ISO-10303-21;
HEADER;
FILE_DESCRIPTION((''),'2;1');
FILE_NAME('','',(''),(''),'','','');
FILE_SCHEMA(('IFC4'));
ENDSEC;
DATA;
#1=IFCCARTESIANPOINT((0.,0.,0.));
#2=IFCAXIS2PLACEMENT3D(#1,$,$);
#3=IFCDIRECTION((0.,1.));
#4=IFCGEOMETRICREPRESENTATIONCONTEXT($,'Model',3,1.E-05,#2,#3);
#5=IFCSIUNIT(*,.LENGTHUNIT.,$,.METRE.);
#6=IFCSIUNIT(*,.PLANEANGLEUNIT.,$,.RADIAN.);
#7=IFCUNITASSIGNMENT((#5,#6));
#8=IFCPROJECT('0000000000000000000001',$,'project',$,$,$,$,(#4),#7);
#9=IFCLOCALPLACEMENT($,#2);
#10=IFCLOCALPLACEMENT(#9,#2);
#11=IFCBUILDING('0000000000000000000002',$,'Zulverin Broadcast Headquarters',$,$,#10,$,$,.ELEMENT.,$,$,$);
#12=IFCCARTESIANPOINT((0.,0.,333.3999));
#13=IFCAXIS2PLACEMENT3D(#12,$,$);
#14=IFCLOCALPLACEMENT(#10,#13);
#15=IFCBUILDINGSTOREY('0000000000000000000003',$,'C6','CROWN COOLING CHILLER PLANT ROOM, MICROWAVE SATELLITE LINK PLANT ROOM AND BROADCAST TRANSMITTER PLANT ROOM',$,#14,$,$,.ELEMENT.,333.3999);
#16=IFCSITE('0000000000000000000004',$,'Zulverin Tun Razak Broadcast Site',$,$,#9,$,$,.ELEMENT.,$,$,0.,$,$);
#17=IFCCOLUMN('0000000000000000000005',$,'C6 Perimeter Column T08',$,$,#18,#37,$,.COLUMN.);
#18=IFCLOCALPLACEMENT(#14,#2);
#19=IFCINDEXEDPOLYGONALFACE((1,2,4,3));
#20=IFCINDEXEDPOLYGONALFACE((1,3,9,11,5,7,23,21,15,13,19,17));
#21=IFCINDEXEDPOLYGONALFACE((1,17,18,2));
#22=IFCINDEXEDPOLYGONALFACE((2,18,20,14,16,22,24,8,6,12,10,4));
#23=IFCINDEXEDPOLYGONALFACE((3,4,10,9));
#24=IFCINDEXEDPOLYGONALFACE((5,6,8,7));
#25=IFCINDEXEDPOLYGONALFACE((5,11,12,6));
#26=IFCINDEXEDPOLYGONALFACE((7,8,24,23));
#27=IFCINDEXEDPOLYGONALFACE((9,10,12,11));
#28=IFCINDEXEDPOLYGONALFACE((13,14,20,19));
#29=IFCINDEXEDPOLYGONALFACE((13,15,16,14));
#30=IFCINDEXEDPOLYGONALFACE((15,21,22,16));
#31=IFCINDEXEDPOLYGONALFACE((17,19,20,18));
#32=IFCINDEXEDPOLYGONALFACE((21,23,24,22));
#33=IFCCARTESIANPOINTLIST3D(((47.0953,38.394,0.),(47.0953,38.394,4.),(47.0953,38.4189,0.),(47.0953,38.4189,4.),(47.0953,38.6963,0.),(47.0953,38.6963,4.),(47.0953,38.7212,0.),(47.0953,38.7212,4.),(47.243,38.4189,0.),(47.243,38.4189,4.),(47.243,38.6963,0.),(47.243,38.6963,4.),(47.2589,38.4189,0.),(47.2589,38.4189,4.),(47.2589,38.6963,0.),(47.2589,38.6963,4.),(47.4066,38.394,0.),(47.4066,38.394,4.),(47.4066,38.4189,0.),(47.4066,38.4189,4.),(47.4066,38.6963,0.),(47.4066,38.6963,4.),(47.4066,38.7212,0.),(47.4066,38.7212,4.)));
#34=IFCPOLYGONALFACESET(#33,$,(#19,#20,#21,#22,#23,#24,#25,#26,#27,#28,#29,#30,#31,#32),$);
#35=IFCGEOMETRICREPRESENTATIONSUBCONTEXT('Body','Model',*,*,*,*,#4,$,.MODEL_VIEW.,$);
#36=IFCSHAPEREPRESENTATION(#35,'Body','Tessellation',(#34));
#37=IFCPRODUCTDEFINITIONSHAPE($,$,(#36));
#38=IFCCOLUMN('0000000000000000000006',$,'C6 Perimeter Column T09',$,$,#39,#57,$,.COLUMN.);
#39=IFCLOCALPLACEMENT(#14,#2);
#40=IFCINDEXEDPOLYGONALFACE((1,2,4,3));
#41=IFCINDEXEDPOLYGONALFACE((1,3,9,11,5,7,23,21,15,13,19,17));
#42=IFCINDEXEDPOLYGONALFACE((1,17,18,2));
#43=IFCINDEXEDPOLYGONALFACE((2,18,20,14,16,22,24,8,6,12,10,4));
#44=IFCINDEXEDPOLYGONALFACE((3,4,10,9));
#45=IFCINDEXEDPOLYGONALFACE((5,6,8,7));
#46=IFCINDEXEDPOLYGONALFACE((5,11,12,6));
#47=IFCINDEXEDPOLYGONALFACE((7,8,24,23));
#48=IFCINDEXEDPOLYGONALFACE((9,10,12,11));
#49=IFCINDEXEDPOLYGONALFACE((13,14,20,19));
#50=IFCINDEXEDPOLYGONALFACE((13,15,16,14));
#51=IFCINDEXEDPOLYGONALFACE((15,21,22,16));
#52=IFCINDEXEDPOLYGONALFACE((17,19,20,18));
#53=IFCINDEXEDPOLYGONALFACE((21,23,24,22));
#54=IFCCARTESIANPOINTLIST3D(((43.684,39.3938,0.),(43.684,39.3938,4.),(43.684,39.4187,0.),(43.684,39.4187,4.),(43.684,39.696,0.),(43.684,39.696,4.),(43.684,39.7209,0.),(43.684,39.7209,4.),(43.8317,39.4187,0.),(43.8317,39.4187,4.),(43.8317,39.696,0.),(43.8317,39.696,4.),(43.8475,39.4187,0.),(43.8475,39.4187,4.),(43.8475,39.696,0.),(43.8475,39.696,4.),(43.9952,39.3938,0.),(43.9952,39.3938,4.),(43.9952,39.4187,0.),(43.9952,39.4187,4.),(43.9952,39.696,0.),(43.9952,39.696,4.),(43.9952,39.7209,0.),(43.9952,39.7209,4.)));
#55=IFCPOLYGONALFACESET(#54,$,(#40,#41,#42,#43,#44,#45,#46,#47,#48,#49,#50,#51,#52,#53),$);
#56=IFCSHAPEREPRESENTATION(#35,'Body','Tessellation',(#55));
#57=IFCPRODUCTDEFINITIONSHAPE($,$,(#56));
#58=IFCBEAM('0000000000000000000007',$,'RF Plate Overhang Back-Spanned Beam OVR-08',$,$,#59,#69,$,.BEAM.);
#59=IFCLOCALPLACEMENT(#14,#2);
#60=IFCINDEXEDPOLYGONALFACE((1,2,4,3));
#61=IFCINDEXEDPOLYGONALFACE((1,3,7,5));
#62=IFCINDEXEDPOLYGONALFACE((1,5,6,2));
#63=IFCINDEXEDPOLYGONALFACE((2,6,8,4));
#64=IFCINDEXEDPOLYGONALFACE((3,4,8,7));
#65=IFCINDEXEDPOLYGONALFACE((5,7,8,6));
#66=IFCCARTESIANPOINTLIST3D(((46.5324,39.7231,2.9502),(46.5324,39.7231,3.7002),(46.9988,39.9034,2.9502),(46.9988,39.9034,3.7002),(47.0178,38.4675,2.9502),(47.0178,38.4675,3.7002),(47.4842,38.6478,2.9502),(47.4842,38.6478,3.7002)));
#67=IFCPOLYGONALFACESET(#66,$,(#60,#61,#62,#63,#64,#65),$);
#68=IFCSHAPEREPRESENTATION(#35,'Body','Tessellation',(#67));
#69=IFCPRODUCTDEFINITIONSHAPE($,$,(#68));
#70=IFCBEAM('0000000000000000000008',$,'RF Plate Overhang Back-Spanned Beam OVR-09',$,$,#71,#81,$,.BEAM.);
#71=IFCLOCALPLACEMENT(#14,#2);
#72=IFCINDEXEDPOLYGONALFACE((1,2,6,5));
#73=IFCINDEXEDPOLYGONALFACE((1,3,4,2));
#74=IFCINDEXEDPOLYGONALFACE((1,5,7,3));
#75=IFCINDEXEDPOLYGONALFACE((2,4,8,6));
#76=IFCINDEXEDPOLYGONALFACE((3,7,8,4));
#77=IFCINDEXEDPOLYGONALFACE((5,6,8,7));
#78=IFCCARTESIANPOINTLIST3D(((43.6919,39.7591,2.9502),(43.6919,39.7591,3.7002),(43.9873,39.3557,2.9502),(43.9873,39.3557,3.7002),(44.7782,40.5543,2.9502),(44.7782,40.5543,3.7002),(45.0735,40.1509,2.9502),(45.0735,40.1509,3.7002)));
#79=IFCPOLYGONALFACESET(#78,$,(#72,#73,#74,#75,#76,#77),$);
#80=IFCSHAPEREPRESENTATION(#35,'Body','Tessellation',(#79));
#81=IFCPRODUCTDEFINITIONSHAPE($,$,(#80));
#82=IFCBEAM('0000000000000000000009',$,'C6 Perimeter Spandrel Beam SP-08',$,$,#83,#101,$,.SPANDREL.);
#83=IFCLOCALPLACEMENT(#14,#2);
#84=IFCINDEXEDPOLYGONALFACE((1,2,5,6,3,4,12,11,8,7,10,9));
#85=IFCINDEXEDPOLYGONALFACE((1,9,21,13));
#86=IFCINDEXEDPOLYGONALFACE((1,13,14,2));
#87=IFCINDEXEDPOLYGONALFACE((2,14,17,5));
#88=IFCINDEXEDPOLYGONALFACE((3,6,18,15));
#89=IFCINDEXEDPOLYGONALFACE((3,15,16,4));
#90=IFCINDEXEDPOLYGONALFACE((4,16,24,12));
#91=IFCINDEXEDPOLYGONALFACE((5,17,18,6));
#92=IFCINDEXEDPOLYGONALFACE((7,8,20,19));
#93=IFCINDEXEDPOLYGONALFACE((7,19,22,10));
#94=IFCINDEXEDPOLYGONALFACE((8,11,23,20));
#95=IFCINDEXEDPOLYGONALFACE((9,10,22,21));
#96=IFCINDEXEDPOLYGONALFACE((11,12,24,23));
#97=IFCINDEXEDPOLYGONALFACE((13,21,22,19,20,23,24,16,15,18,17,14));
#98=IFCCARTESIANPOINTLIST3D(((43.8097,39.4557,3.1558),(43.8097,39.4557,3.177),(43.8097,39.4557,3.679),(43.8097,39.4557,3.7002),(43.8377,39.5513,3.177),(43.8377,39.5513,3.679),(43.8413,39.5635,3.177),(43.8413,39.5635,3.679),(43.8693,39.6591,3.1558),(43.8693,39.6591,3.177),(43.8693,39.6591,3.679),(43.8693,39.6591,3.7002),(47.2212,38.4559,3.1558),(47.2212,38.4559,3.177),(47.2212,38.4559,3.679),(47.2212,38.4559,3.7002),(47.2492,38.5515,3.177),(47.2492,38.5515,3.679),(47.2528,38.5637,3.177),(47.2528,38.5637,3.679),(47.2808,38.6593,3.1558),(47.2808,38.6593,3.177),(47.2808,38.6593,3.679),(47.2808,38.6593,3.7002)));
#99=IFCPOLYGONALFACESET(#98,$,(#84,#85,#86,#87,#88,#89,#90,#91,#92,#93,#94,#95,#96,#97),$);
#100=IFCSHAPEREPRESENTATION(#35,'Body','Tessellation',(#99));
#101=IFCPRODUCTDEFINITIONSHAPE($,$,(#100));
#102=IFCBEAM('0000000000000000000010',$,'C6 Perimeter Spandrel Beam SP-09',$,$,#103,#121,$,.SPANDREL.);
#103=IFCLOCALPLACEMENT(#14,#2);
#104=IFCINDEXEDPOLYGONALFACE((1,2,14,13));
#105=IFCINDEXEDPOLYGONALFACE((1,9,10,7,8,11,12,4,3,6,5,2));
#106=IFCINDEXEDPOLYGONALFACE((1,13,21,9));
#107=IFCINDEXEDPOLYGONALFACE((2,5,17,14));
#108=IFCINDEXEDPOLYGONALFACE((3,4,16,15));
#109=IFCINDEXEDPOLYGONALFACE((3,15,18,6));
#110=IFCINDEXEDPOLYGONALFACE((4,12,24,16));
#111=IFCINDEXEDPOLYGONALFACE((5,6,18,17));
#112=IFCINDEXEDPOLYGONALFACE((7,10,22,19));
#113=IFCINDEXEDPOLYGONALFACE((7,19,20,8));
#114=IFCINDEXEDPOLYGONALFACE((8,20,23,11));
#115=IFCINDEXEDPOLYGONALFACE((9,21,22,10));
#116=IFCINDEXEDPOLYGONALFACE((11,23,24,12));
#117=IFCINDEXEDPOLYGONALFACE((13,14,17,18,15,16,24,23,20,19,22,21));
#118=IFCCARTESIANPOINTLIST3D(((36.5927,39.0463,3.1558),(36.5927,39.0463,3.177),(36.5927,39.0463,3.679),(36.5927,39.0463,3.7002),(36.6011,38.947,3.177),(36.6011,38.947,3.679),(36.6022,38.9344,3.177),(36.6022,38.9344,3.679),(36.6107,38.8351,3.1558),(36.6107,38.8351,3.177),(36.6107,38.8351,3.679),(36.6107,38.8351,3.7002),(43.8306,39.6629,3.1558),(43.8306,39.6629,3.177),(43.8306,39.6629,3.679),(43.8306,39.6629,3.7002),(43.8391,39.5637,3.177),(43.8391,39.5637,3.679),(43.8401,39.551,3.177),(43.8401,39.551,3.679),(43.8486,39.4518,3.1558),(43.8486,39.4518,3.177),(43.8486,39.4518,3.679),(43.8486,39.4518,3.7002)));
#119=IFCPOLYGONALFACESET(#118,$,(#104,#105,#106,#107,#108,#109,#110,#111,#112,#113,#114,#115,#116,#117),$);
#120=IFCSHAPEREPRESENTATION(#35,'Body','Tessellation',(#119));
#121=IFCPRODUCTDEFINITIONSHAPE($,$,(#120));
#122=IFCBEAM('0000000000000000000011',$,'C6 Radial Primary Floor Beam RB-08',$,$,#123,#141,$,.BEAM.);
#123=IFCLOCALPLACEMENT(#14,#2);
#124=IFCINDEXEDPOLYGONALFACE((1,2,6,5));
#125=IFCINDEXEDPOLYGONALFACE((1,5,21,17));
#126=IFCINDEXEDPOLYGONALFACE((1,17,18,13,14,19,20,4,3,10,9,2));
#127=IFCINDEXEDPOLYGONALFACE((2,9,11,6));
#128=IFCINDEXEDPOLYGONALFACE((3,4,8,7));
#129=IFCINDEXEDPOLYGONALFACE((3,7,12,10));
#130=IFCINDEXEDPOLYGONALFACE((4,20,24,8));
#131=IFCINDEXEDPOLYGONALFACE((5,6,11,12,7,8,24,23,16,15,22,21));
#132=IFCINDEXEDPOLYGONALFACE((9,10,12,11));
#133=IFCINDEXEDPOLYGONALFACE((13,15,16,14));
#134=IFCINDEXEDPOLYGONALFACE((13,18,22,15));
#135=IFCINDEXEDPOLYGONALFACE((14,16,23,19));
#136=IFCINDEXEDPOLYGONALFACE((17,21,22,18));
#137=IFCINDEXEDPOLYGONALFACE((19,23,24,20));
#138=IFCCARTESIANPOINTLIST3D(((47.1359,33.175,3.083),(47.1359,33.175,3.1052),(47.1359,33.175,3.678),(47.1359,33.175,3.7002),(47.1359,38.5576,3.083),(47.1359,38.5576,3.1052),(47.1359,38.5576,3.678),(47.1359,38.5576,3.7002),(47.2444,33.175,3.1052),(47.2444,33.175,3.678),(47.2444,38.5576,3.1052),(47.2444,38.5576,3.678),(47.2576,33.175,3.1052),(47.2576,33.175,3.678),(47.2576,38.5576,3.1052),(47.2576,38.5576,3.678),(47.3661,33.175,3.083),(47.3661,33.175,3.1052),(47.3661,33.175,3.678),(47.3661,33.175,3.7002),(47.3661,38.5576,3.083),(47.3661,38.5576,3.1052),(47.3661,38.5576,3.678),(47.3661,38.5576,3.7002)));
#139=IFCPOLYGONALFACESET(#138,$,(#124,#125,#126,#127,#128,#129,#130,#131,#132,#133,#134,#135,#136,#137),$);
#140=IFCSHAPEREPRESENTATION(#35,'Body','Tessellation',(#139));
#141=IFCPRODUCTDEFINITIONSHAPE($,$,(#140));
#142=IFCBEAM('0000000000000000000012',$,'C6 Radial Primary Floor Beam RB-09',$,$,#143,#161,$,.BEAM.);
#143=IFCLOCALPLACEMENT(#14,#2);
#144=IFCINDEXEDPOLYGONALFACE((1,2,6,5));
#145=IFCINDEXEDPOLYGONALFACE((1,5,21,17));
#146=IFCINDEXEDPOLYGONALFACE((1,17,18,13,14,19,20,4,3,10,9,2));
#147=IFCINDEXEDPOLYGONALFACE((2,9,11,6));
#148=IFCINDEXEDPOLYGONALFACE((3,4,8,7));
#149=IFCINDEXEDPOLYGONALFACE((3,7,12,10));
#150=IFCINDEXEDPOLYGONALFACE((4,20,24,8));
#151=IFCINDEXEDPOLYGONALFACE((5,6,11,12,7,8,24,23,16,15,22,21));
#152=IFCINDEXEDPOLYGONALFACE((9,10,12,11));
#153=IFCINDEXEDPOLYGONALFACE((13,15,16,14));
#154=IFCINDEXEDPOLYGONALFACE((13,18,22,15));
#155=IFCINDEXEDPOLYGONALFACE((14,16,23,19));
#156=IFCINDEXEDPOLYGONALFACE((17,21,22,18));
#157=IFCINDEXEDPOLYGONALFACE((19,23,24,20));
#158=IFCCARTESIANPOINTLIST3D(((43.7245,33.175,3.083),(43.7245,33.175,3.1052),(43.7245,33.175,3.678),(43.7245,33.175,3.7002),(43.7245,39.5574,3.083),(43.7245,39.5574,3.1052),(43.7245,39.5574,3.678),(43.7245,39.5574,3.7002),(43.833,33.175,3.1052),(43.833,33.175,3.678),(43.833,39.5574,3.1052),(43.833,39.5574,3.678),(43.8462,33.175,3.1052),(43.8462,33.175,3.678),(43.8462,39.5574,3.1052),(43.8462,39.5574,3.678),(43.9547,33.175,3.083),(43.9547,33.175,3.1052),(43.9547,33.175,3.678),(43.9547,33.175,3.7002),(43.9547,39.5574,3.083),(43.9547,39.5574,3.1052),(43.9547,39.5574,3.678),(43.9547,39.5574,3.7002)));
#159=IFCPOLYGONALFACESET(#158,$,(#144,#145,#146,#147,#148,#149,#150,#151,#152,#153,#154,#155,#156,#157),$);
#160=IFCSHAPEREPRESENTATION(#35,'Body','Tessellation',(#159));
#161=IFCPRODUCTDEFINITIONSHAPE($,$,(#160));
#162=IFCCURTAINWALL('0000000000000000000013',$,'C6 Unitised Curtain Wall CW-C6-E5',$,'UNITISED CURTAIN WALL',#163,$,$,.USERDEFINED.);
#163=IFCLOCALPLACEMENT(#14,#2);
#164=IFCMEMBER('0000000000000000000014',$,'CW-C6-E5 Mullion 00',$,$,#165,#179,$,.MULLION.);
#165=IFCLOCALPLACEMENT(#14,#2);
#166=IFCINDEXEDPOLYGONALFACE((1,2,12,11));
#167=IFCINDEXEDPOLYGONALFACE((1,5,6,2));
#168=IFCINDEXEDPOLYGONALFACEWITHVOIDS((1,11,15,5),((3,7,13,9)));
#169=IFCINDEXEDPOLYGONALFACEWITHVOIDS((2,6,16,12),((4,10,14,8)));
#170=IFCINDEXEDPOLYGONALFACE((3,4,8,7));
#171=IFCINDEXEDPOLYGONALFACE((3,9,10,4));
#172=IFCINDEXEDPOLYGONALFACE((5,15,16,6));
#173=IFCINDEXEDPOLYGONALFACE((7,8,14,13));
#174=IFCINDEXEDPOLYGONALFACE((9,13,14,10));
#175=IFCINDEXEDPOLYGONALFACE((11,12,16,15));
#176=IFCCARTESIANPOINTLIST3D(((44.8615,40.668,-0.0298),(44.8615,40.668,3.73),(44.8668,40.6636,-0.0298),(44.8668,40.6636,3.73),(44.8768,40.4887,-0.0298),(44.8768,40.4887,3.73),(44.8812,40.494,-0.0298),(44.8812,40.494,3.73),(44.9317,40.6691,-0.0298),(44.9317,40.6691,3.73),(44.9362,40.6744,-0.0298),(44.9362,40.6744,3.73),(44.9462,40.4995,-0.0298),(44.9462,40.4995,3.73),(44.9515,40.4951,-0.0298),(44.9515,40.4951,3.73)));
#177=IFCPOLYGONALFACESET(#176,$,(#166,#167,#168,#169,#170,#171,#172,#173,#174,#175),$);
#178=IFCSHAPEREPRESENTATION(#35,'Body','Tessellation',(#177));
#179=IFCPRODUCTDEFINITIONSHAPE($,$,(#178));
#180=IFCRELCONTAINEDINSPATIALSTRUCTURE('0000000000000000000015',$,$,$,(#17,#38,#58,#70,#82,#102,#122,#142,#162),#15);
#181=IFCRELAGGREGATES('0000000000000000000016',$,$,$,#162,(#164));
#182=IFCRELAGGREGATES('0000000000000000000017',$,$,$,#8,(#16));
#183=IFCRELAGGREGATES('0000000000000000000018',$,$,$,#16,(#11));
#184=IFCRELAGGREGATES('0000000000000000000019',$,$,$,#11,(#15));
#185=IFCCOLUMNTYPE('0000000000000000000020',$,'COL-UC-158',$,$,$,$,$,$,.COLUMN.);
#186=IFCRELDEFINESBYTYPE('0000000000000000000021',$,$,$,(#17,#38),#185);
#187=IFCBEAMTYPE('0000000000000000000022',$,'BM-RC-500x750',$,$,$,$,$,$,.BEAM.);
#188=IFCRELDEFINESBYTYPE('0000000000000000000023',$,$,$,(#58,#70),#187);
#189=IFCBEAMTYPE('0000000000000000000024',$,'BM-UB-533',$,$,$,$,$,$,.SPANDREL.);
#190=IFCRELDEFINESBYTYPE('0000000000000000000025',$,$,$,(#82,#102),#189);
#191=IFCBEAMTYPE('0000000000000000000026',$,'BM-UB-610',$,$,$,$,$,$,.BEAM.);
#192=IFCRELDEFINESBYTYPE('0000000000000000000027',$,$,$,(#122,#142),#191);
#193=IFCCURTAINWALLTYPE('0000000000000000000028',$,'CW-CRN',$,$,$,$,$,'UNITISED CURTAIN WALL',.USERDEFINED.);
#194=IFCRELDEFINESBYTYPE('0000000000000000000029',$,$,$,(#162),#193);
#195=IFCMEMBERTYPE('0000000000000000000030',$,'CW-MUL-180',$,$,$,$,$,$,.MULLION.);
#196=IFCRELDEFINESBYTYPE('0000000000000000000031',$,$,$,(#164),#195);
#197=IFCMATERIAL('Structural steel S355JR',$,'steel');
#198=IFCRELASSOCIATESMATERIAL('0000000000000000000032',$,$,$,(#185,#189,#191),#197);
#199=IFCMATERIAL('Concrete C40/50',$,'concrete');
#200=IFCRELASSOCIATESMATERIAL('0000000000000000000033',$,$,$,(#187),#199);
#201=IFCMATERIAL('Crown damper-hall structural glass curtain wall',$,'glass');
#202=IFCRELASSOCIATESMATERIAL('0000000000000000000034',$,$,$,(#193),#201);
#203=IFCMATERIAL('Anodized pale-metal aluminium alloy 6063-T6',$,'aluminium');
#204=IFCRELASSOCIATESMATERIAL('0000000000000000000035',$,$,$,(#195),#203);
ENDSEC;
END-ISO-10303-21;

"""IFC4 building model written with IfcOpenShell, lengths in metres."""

from ifc_helpers import new_model, si_unit, direction, frame, origin, origin_2d, place, context, subcontext, project, spatial, rectangle, hollow_rectangle, i_section, extrude, material, material_profile, profile_set, type_object, element, aggregate, save


model = new_model("IFC4")

# Units and contexts
model_context = context("Model", 3, precision=1e-05, world=origin(), true_north=direction((0.0, 1.0)))
body_context = subcontext(model_context, "Body", "Model", "MODEL_VIEW")
ifc_project = project(units=[si_unit("LENGTHUNIT", "METRE"), si_unit("PLANEANGLEUNIT", "RADIAN")], contexts=[model_context])

# Site, building, storey
site_placement = place(None, origin())
site = spatial("IfcSite", under=ifc_project, at=site_placement, Name="Zulverin Tun Razak Broadcast Site", CompositionType="ELEMENT", RefElevation=0.0)
building_placement = place(site_placement, origin())
building = spatial("IfcBuilding", under=site, at=building_placement, Name="Zulverin Broadcast Headquarters", CompositionType="ELEMENT")
storey_placement = place(building_placement, frame((0.0, 0.0, 333.3999)))
storey = spatial("IfcBuildingStorey", under=building, at=storey_placement, Name="C6", Description="CROWN COOLING CHILLER PLANT ROOM, MICROWAVE SATELLITE LINK PLANT ROOM AND BROADCAST TRANSMITTER PLANT ROOM", CompositionType="ELEMENT", Elevation=333.3999)

# Columns
ifc_material_1 = material(Name="Structural steel S355JR", Category="steel")
ifc_material_profile_1 = material_profile(ifc_material_1, i_section(OverallWidth=0.3113, OverallDepth=0.3271, WebThickness=0.0159, FlangeThickness=0.0249, at=origin_2d()), Name="Structural steel S355JR", Category="steel")
ifc_profile_set_1 = profile_set([ifc_material_profile_1], Name="Structural steel S355JR")
column_type = type_object("IfcColumnType", Name="COL-UC-158", PredefinedType="COLUMN", material=ifc_profile_set_1)
for number, where, z_axis, x_axis, name in (
    (1, (47.251, 38.5576, 0.0), (0.0, 0.0, 1.0), (1.0, 0.0, 0.0), "C6 Perimeter Column T08"),
    (2, (43.8396, 39.5574, 0.0), (0.0, 0.0, 1.0), (1.0, 0.0, 0.0), "C6 Perimeter Column T09"),
):
    element("IfcColumn", number, at=place(storey_placement, frame(where, z_axis=z_axis, x_axis=x_axis)), inside=storey, type_object=column_type, Name=name, PredefinedType="COLUMN", context=body_context, shape_type="SweptSolid", body=[
        extrude(i_section(OverallWidth=0.3113, OverallDepth=0.3271, WebThickness=0.0159, FlangeThickness=0.0249, at=origin_2d()), origin(), (0.0, 0.0, 1.0), 4.0),
    ])

# Beams
ifc_material_2 = material(Name="Concrete C40/50", Category="concrete")
ifc_material_profile_2 = material_profile(ifc_material_2, rectangle(XDim=0.5, YDim=0.75, at=origin_2d()), Name="Concrete C40/50", Category="concrete")
ifc_profile_set_2 = profile_set([ifc_material_profile_2], Name="Concrete C40/50")
beam_type_1 = type_object("IfcBeamType", Name="BM-RC-500x750", PredefinedType="BEAM", material=ifc_profile_set_2)
for number, where, z_axis, x_axis, name in (
    (3, (47.251, 38.5576, 3.3252), (-0.360546, 0.932741, 0.0), (-0.932741, -0.360546, 0.0), "RF Plate Overhang Back-Spanned Beam OVR-08"),
    (4, (43.8396, 39.5574, 3.3252), (0.806889, 0.590703, 0.0), (-0.590703, 0.806889, 0.0), "RF Plate Overhang Back-Spanned Beam OVR-09"),
):
    element("IfcBeam", number, at=place(storey_placement, frame(where, z_axis=z_axis, x_axis=x_axis)), inside=storey, type_object=beam_type_1, Name=name, PredefinedType="BEAM", context=body_context, shape_type="SweptSolid", body=[
        extrude(rectangle(XDim=0.5, YDim=0.75, at=origin_2d()), origin(), (0.0, 0.0, 1.0), 1.3462),
    ])
ifc_material_profile_3 = material_profile(ifc_material_1, i_section(OverallWidth=0.2119, OverallDepth=0.5444, WebThickness=0.0127, FlangeThickness=0.0212, at=origin_2d()), Name="Structural steel S355JR", Category="steel")
ifc_profile_set_3 = profile_set([ifc_material_profile_3], Name="Structural steel S355JR")
beam_type_2 = type_object("IfcBeamType", Name="BM-UB-533", PredefinedType="SPANDREL", material=ifc_profile_set_3)
beam_1_placement = place(storey_placement, frame((47.251, 38.5576, 3.428), z_axis=(-0.959638, 0.281237, 0.0), x_axis=(-0.281237, -0.959638, 0.0)))
element("IfcBeam", 5, at=beam_1_placement, inside=storey, type_object=beam_type_2, Name="C6 Perimeter Spandrel Beam SP-08", PredefinedType="SPANDREL", context=body_context, shape_type="SweptSolid", body=[
    extrude(i_section(OverallWidth=0.2119, OverallDepth=0.5444, WebThickness=0.0127, FlangeThickness=0.0212, at=origin_2d()), origin(), (0.0, 0.0, 1.0), 3.5549),
])
beam_2_placement = place(storey_placement, frame((43.8396, 39.5574, 3.428), z_axis=(-0.99639, -0.084895, 0.0), x_axis=(0.084895, -0.99639, 0.0)))
element("IfcBeam", 6, at=beam_2_placement, inside=storey, type_object=beam_type_2, Name="C6 Perimeter Spandrel Beam SP-09", PredefinedType="SPANDREL", context=body_context, shape_type="SweptSolid", body=[
    extrude(i_section(OverallWidth=0.2119, OverallDepth=0.5444, WebThickness=0.0127, FlangeThickness=0.0212, at=origin_2d()), origin(), (0.0, 0.0, 1.0), 7.2642),
])
ifc_material_profile_4 = material_profile(ifc_material_1, i_section(OverallWidth=0.2302, OverallDepth=0.6172, WebThickness=0.0132, FlangeThickness=0.0222, at=origin_2d()), Name="Structural steel S355JR", Category="steel")
ifc_profile_set_4 = profile_set([ifc_material_profile_4], Name="Structural steel S355JR")
beam_type_3 = type_object("IfcBeamType", Name="BM-UB-610", PredefinedType="BEAM", material=ifc_profile_set_4)
beam_3_placement = place(storey_placement, frame((47.251, 33.175, 3.3916), z_axis=(0.0, 1.0, 0.0), x_axis=(-1.0, 0.0, 0.0)))
element("IfcBeam", 7, at=beam_3_placement, inside=storey, type_object=beam_type_3, Name="C6 Radial Primary Floor Beam RB-08", PredefinedType="BEAM", context=body_context, shape_type="SweptSolid", body=[
    extrude(i_section(OverallWidth=0.2302, OverallDepth=0.6172, WebThickness=0.0132, FlangeThickness=0.0222, at=origin_2d()), origin(), (0.0, 0.0, 1.0), 5.3826),
])
beam_4_placement = place(storey_placement, frame((43.8396, 33.175, 3.3916), z_axis=(0.0, 1.0, 0.0), x_axis=(-1.0, 0.0, 0.0)))
element("IfcBeam", 8, at=beam_4_placement, inside=storey, type_object=beam_type_3, Name="C6 Radial Primary Floor Beam RB-09", PredefinedType="BEAM", context=body_context, shape_type="SweptSolid", body=[
    extrude(i_section(OverallWidth=0.2302, OverallDepth=0.6172, WebThickness=0.0132, FlangeThickness=0.0222, at=origin_2d()), origin(), (0.0, 0.0, 1.0), 6.3823),
])

# Curtain wall, member
ifc_material_3 = material(Name="Crown damper-hall structural glass curtain wall", Category="glass")
curtain_wall_type = type_object("IfcCurtainWallType", Name="CW-CRN", ElementType="UNITISED CURTAIN WALL", PredefinedType="USERDEFINED", material=ifc_material_3)
curtain_wall_placement = place(storey_placement, origin())
curtain_wall = element("IfcCurtainWall", 9, at=curtain_wall_placement, inside=storey, type_object=curtain_wall_type, Name="C6 Unitised Curtain Wall CW-C6-E5", ObjectType="UNITISED CURTAIN WALL", PredefinedType="USERDEFINED")
ifc_material_4 = material(Name="Anodized pale-metal aluminium alloy 6063-T6", Category="aluminium")
ifc_material_profile_5 = material_profile(ifc_material_4, hollow_rectangle(XDim=0.075, YDim=0.1799, WallThickness=0.0049, at=origin_2d()), Name="Anodized pale-metal aluminium alloy 6063-T6", Category="aluminium")
ifc_profile_set_5 = profile_set([ifc_material_profile_5], Name="Anodized pale-metal aluminium alloy 6063-T6")
member_type_1 = type_object("IfcMemberType", Name="CW-MUL-180", PredefinedType="MULLION", material=ifc_profile_set_5)
member_1_placement = place(storey_placement, frame((44.9065, 40.5815, -0.0298), z_axis=(0.0, 0.0, 1.0), x_axis=(-0.996389, -0.0849, 0.0)))
member_1 = element("IfcMember", 10, at=member_1_placement, type_object=member_type_1, Name="CW-C6-E5 Mullion 00", PredefinedType="MULLION", context=body_context, shape_type="SweptSolid", body=[
    extrude(hollow_rectangle(XDim=0.075, YDim=0.1799, WallThickness=0.0049, at=origin_2d()), origin(), (0.0, 0.0, 1.0), 3.7598),
])
aggregate(curtain_wall, [member_1])

save(model, "model.ifc")
